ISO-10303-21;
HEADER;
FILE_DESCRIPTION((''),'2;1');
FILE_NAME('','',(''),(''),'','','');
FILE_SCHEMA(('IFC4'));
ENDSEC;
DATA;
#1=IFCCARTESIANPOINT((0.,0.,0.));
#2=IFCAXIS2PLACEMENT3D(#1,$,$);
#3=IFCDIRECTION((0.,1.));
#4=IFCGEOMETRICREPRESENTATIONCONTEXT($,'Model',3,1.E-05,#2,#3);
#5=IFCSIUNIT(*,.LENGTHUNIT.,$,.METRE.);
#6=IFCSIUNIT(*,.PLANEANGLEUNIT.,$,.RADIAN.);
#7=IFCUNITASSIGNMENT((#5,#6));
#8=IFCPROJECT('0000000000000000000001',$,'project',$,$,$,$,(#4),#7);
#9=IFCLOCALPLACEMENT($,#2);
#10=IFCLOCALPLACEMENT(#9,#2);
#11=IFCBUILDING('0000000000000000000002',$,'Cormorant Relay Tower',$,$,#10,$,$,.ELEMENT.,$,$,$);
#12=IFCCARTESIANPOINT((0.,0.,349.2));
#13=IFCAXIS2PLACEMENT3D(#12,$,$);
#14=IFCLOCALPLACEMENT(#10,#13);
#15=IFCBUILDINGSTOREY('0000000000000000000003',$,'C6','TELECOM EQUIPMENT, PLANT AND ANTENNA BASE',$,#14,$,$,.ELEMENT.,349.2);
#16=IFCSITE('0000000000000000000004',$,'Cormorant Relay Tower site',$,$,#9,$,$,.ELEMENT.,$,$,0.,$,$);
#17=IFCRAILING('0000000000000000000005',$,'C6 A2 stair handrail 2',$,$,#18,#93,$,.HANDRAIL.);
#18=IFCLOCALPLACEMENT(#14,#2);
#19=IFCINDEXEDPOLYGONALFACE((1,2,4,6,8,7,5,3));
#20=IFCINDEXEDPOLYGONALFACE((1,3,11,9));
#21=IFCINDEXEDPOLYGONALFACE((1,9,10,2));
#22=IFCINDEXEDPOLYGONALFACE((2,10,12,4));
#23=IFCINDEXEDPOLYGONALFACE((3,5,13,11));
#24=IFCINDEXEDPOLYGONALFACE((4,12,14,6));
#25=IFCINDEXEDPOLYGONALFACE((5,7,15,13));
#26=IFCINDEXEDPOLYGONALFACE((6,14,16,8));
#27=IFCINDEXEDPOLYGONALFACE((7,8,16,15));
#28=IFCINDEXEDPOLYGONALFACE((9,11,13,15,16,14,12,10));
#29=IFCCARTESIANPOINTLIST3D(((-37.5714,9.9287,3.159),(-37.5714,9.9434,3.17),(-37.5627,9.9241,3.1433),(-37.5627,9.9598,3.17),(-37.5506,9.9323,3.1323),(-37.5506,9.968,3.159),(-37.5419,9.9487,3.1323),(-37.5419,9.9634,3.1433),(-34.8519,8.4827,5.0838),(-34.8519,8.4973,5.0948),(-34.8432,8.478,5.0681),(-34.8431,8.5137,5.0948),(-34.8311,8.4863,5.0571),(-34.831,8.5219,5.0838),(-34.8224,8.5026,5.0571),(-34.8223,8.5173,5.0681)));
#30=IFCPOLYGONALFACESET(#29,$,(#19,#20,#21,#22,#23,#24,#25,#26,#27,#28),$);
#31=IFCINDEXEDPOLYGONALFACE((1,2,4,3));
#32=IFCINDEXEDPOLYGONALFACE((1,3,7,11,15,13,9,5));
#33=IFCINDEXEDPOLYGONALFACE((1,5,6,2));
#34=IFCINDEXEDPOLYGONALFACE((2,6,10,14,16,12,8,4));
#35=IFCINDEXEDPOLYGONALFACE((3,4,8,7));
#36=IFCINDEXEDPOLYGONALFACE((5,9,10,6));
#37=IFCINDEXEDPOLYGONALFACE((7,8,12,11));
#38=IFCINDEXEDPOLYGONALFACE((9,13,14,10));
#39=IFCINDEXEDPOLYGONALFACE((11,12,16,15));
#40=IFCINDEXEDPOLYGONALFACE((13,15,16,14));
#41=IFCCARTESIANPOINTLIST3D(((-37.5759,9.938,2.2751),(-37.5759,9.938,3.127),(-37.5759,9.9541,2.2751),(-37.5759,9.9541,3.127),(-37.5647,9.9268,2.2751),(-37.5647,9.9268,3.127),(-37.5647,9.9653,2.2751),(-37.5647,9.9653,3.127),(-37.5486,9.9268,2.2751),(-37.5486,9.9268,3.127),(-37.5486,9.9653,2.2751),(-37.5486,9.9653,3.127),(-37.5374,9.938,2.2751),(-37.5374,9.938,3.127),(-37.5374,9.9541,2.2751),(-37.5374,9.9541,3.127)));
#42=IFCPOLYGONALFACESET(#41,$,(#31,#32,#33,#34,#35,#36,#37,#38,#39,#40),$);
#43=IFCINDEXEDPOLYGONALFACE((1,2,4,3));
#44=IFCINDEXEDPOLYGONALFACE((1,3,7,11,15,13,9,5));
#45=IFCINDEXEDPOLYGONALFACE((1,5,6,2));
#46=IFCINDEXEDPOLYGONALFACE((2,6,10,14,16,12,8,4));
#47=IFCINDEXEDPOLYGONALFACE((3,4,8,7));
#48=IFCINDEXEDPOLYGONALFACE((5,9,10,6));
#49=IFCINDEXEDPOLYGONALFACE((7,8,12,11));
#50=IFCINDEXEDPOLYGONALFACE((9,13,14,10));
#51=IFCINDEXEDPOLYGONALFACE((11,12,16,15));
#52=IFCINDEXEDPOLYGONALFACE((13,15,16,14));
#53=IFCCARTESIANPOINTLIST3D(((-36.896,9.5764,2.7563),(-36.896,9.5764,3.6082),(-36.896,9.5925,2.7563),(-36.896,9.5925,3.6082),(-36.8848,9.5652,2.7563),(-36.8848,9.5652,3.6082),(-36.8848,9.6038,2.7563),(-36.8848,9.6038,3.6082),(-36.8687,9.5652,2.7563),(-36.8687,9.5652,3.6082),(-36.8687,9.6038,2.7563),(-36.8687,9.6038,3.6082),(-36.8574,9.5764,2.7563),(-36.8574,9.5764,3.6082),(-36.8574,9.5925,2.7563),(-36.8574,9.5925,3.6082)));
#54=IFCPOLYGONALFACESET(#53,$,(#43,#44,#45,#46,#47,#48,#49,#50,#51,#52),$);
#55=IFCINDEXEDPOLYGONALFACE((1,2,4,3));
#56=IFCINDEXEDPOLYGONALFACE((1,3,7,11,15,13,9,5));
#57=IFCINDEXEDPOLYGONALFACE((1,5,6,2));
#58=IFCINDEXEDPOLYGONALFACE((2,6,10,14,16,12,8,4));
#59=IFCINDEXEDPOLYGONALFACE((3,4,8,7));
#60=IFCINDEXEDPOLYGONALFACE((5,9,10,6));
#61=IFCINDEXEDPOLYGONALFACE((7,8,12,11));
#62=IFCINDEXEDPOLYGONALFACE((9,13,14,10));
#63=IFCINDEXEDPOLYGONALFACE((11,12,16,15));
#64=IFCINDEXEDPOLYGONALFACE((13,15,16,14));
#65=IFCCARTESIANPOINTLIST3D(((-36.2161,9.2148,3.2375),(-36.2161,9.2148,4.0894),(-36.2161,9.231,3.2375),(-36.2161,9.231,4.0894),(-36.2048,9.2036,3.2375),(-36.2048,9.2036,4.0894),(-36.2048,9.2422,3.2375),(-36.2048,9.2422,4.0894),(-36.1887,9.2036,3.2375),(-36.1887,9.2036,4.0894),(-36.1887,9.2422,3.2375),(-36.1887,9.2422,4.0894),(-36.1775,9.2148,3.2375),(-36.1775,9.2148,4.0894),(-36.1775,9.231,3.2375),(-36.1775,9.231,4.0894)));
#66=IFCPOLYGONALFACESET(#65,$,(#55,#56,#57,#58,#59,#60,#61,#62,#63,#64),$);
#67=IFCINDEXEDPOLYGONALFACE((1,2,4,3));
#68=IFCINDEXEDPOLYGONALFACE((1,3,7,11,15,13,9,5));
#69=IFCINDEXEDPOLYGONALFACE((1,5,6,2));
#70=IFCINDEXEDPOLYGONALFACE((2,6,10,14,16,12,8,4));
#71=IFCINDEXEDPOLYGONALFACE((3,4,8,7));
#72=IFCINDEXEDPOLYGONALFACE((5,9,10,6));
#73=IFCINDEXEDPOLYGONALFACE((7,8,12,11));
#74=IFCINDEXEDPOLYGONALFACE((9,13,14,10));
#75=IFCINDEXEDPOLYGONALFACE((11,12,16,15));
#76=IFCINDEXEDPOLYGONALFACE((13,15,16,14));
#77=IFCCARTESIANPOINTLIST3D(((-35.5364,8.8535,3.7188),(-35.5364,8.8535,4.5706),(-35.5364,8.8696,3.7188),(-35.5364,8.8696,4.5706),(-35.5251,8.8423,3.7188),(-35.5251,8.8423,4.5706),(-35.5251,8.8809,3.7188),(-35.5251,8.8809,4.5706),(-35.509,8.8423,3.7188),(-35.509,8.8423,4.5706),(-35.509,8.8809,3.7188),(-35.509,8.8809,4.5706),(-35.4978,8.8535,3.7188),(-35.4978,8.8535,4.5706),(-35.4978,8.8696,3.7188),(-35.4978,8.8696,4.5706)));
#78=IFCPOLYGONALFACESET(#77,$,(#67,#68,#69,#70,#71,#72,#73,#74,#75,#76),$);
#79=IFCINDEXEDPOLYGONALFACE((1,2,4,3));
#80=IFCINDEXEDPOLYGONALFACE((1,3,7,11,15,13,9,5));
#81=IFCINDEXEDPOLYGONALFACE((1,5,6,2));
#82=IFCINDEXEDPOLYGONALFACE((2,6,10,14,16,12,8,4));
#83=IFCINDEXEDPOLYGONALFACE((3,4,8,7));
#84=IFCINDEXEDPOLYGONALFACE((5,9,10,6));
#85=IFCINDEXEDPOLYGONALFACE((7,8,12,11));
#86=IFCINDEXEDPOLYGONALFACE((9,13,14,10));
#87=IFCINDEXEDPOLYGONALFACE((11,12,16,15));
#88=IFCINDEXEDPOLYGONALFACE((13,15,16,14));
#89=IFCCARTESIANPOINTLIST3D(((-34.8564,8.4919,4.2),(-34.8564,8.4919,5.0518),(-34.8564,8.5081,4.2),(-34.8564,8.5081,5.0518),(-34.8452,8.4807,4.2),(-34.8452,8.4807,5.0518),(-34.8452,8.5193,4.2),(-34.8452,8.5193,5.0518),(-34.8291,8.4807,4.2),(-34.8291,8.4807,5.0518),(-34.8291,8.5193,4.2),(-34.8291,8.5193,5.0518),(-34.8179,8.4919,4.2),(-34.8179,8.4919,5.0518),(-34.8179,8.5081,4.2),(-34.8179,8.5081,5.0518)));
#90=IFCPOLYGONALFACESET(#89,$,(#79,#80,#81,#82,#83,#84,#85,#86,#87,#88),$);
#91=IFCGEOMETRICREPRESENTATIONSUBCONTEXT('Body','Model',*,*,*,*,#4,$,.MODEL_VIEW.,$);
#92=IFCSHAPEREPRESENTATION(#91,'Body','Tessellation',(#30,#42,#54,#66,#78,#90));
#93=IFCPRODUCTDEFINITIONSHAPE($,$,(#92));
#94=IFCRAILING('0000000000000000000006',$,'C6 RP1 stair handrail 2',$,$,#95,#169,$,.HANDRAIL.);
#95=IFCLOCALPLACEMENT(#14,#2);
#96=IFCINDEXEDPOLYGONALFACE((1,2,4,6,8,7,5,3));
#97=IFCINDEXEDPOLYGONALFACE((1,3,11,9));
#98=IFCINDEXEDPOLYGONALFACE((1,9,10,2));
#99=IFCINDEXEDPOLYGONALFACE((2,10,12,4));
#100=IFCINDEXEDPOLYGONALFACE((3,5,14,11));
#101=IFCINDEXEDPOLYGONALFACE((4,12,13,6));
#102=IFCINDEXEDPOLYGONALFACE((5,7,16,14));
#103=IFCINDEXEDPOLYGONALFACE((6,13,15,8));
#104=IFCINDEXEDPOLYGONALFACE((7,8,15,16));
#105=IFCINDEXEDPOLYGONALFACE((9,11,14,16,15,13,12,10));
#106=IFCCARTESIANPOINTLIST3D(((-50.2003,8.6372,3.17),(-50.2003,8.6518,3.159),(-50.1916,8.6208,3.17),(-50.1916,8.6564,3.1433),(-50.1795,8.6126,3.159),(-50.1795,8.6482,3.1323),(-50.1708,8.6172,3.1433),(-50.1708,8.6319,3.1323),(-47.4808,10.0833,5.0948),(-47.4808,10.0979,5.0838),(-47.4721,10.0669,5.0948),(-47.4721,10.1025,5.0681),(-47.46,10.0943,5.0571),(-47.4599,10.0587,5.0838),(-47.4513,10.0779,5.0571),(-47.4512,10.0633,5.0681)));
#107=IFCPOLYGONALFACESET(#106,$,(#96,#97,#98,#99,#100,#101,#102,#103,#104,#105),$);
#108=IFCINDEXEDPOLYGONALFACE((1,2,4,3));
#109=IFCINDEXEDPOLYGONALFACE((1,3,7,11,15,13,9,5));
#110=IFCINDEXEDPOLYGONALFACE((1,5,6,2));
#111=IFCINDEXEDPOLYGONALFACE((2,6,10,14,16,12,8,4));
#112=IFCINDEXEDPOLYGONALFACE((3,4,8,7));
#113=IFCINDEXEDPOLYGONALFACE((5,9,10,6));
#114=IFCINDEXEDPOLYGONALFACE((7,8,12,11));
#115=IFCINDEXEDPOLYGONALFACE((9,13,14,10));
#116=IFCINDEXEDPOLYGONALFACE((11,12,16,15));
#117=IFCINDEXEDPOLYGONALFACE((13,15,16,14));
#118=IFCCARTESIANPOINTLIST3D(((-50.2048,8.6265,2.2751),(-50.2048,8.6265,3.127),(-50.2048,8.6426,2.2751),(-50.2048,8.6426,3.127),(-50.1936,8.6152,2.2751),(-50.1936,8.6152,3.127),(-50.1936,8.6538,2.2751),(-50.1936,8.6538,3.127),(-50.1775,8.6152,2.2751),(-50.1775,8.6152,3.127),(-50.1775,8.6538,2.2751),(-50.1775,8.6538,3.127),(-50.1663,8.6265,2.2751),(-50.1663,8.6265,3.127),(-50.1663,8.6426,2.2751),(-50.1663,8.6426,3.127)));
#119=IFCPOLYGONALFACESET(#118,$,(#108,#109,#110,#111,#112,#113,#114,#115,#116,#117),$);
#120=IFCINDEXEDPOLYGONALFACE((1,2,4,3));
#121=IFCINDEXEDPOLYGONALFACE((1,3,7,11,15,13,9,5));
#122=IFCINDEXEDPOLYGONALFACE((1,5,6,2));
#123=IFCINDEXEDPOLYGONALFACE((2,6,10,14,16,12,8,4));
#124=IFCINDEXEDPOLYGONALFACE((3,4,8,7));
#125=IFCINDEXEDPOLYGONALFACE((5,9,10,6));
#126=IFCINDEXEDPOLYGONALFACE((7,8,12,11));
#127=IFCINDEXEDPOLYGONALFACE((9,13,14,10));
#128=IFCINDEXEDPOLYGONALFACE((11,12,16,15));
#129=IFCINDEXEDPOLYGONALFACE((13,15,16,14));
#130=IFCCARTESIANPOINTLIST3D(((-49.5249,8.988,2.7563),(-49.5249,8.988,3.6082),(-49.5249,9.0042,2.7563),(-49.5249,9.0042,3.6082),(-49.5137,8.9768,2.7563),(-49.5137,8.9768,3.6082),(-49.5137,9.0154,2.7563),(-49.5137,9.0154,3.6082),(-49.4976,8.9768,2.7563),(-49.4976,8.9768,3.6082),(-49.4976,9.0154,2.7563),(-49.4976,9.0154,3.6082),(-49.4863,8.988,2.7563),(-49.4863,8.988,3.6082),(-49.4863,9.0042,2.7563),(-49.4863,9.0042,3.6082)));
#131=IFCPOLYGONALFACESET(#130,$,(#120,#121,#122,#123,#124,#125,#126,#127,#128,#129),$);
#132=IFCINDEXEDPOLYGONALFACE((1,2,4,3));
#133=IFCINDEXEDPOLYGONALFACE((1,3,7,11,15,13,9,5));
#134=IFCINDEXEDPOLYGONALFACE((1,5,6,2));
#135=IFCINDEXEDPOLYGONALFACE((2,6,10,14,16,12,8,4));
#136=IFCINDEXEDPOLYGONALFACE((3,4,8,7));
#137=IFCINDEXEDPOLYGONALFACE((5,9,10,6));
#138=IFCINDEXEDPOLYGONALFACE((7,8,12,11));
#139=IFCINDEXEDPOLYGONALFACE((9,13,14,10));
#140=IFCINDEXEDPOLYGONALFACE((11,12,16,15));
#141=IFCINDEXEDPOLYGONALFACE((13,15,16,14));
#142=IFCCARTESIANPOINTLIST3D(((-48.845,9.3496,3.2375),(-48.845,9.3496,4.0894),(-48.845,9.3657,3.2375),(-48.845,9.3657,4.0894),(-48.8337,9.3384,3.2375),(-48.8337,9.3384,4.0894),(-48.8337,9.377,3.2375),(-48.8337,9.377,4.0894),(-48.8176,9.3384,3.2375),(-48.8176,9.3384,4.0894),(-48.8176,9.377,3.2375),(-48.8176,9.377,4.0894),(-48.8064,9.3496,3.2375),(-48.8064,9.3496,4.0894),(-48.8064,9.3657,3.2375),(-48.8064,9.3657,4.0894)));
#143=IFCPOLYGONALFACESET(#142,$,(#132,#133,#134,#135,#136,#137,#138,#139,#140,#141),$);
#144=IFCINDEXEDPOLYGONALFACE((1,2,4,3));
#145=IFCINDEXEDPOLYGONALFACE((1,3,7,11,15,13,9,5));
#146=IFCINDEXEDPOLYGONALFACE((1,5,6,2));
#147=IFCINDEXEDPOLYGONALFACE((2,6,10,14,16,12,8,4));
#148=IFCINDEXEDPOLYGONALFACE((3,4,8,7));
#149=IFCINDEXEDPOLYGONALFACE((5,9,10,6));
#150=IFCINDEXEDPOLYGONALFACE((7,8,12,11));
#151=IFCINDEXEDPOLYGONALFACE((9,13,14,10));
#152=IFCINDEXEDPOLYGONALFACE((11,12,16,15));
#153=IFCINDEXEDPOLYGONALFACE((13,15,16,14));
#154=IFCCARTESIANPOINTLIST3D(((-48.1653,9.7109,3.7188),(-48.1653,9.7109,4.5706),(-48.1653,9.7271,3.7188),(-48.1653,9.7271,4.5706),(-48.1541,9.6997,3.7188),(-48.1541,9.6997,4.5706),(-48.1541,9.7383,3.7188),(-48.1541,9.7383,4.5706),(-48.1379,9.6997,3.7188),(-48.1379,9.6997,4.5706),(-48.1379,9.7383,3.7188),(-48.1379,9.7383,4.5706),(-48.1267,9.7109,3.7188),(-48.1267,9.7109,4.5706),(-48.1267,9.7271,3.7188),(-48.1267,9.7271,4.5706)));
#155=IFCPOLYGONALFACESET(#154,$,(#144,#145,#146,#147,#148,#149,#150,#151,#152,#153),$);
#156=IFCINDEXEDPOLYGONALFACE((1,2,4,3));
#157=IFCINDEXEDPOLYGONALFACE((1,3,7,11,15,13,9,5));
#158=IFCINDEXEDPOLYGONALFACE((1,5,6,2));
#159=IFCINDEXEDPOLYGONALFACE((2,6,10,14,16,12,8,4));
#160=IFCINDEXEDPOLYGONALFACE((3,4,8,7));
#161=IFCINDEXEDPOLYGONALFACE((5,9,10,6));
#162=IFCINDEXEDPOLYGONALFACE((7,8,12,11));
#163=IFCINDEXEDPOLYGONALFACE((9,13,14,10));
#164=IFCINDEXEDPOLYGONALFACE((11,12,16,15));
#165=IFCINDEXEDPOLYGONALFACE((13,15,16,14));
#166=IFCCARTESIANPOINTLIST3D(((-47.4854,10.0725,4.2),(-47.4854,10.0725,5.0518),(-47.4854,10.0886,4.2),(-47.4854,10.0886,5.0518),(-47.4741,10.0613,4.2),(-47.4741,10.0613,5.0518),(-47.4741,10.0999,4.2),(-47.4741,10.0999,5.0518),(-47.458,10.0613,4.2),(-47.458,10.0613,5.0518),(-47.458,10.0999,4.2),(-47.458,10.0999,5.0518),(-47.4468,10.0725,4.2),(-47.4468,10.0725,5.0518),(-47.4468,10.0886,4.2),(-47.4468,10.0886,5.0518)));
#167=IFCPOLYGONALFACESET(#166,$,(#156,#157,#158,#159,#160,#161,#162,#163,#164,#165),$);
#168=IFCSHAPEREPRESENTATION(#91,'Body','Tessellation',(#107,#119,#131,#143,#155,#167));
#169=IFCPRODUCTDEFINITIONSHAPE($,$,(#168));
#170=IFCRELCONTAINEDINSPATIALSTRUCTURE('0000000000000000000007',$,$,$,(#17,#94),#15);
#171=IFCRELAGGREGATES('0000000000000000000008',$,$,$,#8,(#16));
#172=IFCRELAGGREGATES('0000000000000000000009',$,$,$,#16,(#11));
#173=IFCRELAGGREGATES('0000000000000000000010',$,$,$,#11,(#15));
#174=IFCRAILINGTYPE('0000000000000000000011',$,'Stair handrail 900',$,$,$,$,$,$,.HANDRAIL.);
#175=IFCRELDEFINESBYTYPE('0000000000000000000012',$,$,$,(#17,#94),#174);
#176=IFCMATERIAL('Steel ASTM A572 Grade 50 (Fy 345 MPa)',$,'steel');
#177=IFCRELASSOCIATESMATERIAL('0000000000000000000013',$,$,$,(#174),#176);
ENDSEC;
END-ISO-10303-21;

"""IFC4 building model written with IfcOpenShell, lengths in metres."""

from ifc_helpers import new_model, si_unit, direction, frame, origin, place, context, subcontext, project, spatial, polyline, outline, extrude, material, type_object, element, save


model = new_model("IFC4")

# Units and contexts
model_context = context("Model", 3, precision=1e-05, world=origin(), true_north=direction((0.0, 1.0)))
body_context = subcontext(model_context, "Body", "Model", "MODEL_VIEW")
ifc_project = project(units=[si_unit("LENGTHUNIT", "METRE"), si_unit("PLANEANGLEUNIT", "RADIAN")], contexts=[model_context])

# Site, building, storey
site_placement = place(None, origin())
site = spatial("IfcSite", under=ifc_project, at=site_placement, Name="Cormorant Relay Tower site", CompositionType="ELEMENT", RefElevation=0.0)
building_placement = place(site_placement, origin())
building = spatial("IfcBuilding", under=site, at=building_placement, Name="Cormorant Relay Tower", CompositionType="ELEMENT")
storey_placement = place(building_placement, frame((0.0, 0.0, 349.2)))
storey = spatial("IfcBuildingStorey", under=building, at=storey_placement, Name="C6", Description="TELECOM EQUIPMENT, PLANT AND ANTENNA BASE", CompositionType="ELEMENT", Elevation=349.2)

# Railings
ifc_material_1 = material(Name="Steel ASTM A572 Grade 50 (Fy 345 MPa)", Category="steel")
railing_type_1 = type_object("IfcRailingType", Name="Stair handrail 900", PredefinedType="HANDRAIL", material=ifc_material_1)
railing_1_placement = place(storey_placement, frame((-37.5566, 9.946, 2.2751)))
element("IfcRailing", 1, at=railing_1_placement, inside=storey, type_object=railing_type_1, Name="C6 A2 stair handrail 2", PredefinedType="HANDRAIL", context=body_context, shape_type="SweptSolid", body=[
    extrude(outline(polyline([(0.0222, 0.0093), (0.0093, 0.0222), (-0.0093, 0.0222), (-0.0222, 0.0093), (-0.0222, -0.0093), (-0.0093, -0.0222), (0.0093, -0.0222), (0.0222, -0.0093), (0.0222, 0.0093)])), frame((0.0, 0.0, 0.876), z_axis=(0.748754, -0.398139, 0.529956), x_axis=(0.469489, 0.882938, 0.0)), (0.0, 0.0, 1.0), 3.6321),
    extrude(outline(polyline([(0.0193, 0.0081), (0.0081, 0.0193), (-0.0081, 0.0193), (-0.0193, 0.0081), (-0.0193, -0.0081), (-0.0081, -0.0193), (0.0081, -0.0193), (0.0193, -0.0081), (0.0193, 0.0081)])), origin(), (0.0, 0.0, 1.0), 0.8518),
    extrude(outline(polyline([(0.0193, 0.0081), (0.0081, 0.0193), (-0.0081, 0.0193), (-0.0193, 0.0081), (-0.0193, -0.0081), (-0.0081, -0.0193), (0.0081, -0.0193), (0.0193, -0.0081), (0.0193, 0.0081)])), frame((0.6799, -0.3616, 0.4812)), (0.0, 0.0, 1.0), 0.8518),
    extrude(outline(polyline([(0.0193, 0.0081), (0.0081, 0.0193), (-0.0081, 0.0193), (-0.0193, 0.0081), (-0.0193, -0.0081), (-0.0081, -0.0193), (0.0081, -0.0193), (0.0193, -0.0081), (0.0193, 0.0081)])), frame((1.3599, -0.7231, 0.9624)), (0.0, 0.0, 1.0), 0.8518),
    extrude(outline(polyline([(0.0193, 0.0081), (0.0081, 0.0193), (-0.0081, 0.0193), (-0.0193, 0.0081), (-0.0193, -0.0081), (-0.0081, -0.0193), (0.0081, -0.0193), (0.0193, -0.0081), (0.0193, 0.0081)])), frame((2.0396, -1.0845, 1.4436)), (0.0, 0.0, 1.0), 0.8518),
    extrude(outline(polyline([(0.0193, 0.0081), (0.0081, 0.0193), (-0.0081, 0.0193), (-0.0193, 0.0081), (-0.0193, -0.0081), (-0.0081, -0.0193), (0.0081, -0.0193), (0.0193, -0.0081), (0.0193, 0.0081)])), frame((2.7195, -1.446, 1.9248)), (0.0, 0.0, 1.0), 0.8518),
])
railing_2_placement = place(storey_placement, frame((-50.1855, 8.6345, 2.2751)))
element("IfcRailing", 2, at=railing_2_placement, inside=storey, type_object=railing_type_1, Name="C6 RP1 stair handrail 2", PredefinedType="HANDRAIL", context=body_context, shape_type="SweptSolid", body=[
    extrude(outline(polyline([(0.0222, 0.0093), (0.0093, 0.0222), (-0.0093, 0.0222), (-0.0222, 0.0093), (-0.0222, -0.0093), (-0.0093, -0.0222), (0.0093, -0.0222), (0.0222, -0.0093), (0.0222, 0.0093)])), frame((0.0, 0.0, 0.876), z_axis=(0.748754, 0.398139, 0.529956), x_axis=(-0.469489, 0.882938, 0.0)), (0.0, 0.0, 1.0), 3.6321),
    extrude(outline(polyline([(0.0193, 0.0081), (0.0081, 0.0193), (-0.0081, 0.0193), (-0.0193, 0.0081), (-0.0193, -0.0081), (-0.0081, -0.0193), (0.0081, -0.0193), (0.0193, -0.0081), (0.0193, 0.0081)])), origin(), (0.0, 0.0, 1.0), 0.8518),
    extrude(outline(polyline([(0.0193, 0.0081), (0.0081, 0.0193), (-0.0081, 0.0193), (-0.0193, 0.0081), (-0.0193, -0.0081), (-0.0081, -0.0193), (0.0081, -0.0193), (0.0193, -0.0081), (0.0193, 0.0081)])), frame((0.6799, 0.3616, 0.4812)), (0.0, 0.0, 1.0), 0.8518),
    extrude(outline(polyline([(0.0193, 0.0081), (0.0081, 0.0193), (-0.0081, 0.0193), (-0.0193, 0.0081), (-0.0193, -0.0081), (-0.0081, -0.0193), (0.0081, -0.0193), (0.0193, -0.0081), (0.0193, 0.0081)])), frame((1.3599, 0.7231, 0.9624)), (0.0, 0.0, 1.0), 0.8518),
    extrude(outline(polyline([(0.0193, 0.0081), (0.0081, 0.0193), (-0.0081, 0.0193), (-0.0193, 0.0081), (-0.0193, -0.0081), (-0.0081, -0.0193), (0.0081, -0.0193), (0.0193, -0.0081), (0.0193, 0.0081)])), frame((2.0396, 1.0845, 1.4436)), (0.0, 0.0, 1.0), 0.8518),
    extrude(outline(polyline([(0.0193, 0.0081), (0.0081, 0.0193), (-0.0081, 0.0193), (-0.0193, 0.0081), (-0.0193, -0.0081), (-0.0081, -0.0193), (0.0081, -0.0193), (0.0193, -0.0081), (0.0193, 0.0081)])), frame((2.7195, 1.446, 1.9248)), (0.0, 0.0, 1.0), 0.8518),
])

save(model, "model.ifc")
